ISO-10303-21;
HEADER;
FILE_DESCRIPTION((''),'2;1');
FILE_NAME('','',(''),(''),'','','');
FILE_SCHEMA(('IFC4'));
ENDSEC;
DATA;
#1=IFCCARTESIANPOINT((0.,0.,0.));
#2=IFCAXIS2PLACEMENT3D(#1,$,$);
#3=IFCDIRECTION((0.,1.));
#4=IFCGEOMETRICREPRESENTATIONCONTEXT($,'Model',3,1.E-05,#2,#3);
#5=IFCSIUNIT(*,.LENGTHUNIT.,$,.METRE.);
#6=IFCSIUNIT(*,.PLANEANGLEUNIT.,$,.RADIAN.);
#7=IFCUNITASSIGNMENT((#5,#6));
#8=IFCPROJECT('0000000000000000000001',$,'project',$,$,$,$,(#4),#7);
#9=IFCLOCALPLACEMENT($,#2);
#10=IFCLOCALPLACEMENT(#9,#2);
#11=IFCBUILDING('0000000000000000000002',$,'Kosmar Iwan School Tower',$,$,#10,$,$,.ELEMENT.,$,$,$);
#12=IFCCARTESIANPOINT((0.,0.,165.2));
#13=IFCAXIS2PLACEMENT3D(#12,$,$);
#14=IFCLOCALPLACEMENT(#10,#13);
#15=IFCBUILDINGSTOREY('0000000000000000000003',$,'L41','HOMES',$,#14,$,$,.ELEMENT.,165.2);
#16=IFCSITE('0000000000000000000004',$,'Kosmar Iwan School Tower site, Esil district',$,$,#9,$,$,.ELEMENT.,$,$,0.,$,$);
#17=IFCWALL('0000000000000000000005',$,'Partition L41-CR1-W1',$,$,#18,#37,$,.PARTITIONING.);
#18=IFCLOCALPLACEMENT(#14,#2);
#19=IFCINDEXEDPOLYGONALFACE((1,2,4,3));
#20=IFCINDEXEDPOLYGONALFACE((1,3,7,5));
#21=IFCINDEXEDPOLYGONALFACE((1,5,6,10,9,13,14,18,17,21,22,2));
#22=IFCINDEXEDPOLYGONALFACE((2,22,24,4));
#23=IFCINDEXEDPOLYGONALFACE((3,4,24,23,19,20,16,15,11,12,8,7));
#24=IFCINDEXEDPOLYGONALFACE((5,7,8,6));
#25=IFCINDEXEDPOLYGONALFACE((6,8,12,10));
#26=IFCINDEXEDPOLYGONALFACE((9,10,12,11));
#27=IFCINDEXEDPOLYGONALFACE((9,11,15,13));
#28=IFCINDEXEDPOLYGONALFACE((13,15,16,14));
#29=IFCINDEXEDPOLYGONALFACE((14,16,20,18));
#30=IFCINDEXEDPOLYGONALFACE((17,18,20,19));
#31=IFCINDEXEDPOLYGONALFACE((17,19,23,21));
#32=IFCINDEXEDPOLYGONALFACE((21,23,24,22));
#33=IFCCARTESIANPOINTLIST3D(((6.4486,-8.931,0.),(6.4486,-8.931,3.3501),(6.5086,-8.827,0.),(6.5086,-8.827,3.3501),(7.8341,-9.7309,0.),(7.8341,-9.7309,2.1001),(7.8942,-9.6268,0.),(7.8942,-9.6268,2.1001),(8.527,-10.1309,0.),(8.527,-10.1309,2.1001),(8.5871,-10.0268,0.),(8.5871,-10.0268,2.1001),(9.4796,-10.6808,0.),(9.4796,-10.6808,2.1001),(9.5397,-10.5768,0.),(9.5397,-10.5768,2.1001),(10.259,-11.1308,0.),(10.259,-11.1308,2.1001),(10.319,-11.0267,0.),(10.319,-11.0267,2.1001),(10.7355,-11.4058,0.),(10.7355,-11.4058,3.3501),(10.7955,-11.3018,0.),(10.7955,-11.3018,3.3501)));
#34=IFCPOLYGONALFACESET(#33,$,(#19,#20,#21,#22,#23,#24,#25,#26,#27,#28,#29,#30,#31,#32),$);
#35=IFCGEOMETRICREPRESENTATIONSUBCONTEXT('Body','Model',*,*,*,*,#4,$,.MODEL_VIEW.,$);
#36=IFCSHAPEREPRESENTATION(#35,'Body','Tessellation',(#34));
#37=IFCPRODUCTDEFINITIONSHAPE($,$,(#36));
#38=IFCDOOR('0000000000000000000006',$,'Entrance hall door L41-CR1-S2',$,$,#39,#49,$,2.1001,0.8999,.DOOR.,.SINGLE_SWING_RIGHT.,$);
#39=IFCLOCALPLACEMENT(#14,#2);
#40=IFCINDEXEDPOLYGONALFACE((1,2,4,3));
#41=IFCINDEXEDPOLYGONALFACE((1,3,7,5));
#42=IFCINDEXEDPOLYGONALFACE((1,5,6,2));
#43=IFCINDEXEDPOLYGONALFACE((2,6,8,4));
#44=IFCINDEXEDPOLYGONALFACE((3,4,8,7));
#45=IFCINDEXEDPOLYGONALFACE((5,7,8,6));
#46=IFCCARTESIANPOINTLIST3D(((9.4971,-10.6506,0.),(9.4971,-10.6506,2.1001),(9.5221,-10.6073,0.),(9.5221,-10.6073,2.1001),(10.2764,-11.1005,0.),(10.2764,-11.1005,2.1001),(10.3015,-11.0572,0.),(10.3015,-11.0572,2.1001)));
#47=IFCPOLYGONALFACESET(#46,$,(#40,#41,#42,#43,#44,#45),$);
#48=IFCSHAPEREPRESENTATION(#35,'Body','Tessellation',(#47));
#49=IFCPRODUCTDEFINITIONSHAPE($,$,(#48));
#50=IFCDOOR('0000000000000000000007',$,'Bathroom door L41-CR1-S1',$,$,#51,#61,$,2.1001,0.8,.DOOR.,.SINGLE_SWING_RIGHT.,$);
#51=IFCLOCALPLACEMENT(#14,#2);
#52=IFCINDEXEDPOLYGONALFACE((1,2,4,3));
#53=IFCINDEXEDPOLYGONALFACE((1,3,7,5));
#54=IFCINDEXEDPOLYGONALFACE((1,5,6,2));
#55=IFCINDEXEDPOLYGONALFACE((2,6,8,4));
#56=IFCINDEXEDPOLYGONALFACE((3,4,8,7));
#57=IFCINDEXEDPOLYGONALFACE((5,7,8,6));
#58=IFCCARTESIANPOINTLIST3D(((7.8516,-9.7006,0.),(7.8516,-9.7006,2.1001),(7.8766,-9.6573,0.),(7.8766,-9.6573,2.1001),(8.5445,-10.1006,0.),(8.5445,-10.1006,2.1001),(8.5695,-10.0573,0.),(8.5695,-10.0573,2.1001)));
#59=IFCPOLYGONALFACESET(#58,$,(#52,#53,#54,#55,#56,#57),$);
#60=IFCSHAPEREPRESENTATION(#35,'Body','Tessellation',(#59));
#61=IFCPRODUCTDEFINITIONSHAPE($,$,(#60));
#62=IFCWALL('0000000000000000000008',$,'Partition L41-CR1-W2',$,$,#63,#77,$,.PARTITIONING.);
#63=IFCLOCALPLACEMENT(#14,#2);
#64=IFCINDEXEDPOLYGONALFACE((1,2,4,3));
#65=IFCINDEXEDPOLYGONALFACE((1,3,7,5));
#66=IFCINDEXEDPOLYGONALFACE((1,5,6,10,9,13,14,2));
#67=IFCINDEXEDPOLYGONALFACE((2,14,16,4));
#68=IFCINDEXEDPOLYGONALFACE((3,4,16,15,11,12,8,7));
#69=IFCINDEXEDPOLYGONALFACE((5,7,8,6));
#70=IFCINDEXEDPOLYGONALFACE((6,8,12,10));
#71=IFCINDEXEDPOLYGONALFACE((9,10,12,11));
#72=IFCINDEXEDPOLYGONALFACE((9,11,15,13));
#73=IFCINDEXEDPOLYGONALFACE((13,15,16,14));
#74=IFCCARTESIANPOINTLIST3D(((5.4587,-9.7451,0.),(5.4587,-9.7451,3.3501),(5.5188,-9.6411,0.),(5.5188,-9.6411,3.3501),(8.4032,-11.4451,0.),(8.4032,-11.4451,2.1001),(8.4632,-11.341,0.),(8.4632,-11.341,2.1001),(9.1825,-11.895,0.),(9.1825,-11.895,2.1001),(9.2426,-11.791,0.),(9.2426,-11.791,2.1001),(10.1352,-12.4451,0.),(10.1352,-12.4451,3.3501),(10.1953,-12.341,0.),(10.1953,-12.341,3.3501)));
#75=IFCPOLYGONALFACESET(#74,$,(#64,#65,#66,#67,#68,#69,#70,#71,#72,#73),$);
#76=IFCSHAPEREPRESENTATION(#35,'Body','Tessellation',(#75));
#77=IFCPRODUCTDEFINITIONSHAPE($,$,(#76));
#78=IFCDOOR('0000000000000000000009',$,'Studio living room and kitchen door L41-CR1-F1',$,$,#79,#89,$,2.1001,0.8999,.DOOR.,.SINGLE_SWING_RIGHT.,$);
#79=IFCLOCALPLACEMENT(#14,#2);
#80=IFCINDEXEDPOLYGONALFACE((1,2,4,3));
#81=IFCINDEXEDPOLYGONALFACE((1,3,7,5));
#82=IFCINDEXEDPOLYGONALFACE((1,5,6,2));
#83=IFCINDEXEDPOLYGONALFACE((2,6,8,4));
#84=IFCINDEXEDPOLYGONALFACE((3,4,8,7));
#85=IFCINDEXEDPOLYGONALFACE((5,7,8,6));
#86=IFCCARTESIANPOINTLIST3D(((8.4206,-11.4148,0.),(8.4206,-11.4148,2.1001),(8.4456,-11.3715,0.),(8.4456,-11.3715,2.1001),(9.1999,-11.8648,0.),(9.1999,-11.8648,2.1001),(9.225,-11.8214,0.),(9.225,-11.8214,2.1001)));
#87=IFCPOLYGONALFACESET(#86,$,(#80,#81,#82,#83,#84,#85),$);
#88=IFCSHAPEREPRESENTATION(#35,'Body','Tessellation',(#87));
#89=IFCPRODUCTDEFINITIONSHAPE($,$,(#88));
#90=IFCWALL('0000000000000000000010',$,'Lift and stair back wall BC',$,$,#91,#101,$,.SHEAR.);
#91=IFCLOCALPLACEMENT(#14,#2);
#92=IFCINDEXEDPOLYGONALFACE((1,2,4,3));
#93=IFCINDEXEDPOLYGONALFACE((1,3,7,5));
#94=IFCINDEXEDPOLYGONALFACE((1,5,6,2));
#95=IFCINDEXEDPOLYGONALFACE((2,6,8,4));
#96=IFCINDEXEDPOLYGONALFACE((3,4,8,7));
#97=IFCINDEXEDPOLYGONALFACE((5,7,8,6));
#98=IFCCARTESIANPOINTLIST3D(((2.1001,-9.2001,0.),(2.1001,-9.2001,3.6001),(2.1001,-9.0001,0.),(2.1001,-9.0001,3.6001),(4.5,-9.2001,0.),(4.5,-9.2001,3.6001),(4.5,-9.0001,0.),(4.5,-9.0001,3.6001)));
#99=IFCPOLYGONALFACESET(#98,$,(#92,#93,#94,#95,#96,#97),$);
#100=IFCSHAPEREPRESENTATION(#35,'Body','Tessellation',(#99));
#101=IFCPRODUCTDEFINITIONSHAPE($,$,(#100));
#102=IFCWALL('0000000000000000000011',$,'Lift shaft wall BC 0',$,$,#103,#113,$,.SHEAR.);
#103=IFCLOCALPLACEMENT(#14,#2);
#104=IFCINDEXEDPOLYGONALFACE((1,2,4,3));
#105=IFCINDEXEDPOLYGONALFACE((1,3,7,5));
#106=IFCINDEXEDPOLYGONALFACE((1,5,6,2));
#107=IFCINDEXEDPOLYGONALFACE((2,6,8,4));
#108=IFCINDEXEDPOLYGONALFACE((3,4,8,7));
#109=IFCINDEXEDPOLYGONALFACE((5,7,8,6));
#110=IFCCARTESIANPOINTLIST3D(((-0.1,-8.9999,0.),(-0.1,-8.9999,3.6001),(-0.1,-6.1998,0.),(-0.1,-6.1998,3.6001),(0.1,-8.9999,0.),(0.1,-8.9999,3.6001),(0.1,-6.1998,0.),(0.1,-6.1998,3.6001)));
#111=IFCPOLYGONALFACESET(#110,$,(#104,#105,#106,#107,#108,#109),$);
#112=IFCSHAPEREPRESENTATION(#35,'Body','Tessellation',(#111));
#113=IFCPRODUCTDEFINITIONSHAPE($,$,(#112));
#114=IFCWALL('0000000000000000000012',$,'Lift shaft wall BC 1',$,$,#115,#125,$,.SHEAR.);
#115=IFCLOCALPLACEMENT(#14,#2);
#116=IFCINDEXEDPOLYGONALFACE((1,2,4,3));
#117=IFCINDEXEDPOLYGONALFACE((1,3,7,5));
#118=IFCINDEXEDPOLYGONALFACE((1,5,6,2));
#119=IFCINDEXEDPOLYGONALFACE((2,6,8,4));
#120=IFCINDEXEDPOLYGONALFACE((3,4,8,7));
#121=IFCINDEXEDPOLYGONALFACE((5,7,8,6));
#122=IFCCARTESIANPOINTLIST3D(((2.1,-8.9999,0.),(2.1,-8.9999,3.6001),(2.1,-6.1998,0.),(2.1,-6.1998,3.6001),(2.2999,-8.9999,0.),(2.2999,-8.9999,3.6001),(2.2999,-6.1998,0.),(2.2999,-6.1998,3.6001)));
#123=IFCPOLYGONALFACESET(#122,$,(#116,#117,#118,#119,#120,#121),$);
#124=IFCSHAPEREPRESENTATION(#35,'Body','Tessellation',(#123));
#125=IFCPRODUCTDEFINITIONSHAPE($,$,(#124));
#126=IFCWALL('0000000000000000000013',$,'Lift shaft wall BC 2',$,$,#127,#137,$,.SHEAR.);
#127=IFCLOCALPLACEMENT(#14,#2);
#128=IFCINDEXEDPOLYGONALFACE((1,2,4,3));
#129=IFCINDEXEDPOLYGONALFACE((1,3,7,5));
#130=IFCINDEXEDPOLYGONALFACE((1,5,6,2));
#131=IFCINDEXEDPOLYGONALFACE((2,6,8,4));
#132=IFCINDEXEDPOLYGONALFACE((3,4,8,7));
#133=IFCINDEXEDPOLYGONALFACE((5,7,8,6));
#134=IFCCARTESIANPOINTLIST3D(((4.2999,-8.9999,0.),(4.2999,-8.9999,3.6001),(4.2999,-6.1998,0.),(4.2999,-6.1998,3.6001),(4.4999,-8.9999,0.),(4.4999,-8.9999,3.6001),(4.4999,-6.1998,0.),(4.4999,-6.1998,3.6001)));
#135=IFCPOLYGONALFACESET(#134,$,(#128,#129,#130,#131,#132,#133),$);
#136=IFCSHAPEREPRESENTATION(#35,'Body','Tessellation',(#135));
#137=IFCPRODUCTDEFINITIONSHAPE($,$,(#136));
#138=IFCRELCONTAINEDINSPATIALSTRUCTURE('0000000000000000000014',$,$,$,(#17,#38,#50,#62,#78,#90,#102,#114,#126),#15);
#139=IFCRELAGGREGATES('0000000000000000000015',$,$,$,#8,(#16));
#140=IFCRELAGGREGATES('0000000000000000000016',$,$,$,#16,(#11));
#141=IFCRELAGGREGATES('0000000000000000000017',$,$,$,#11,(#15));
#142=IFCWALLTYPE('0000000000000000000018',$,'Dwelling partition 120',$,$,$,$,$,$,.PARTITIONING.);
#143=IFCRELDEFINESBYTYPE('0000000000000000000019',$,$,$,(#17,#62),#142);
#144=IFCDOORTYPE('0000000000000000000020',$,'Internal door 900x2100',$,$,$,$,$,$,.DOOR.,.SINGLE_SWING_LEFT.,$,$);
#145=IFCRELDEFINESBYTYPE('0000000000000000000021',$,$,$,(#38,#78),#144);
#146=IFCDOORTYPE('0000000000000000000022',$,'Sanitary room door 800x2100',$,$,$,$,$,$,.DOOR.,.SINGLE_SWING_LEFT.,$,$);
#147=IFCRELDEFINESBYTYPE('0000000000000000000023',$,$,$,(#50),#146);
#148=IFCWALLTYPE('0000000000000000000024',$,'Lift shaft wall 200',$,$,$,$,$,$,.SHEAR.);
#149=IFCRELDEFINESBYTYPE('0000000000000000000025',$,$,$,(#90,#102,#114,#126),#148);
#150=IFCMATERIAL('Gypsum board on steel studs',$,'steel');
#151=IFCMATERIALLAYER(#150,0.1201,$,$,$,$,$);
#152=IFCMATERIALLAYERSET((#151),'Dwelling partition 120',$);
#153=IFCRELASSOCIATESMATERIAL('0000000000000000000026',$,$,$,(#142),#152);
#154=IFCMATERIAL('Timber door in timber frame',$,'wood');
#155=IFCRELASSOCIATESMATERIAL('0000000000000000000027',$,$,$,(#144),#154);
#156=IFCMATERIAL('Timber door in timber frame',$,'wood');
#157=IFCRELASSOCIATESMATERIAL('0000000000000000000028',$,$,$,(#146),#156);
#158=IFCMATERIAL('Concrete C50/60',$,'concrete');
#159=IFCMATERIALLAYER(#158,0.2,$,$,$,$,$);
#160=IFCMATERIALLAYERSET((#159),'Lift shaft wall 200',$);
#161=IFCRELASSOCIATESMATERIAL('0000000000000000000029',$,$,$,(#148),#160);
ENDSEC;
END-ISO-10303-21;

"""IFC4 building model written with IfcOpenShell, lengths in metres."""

from ifc_helpers import new_model, si_unit, direction, frame, frame_2d, origin, place, context, subcontext, project, spatial, rectangle, extrude, material, layer, layer_set, type_object, element, fill, save


model = new_model("IFC4")

# Units and contexts
model_context = context("Model", 3, precision=1e-05, world=origin(), true_north=direction((0.0, 1.0)))
body_context = subcontext(model_context, "Body", "Model", "MODEL_VIEW")
ifc_project = project(units=[si_unit("LENGTHUNIT", "METRE"), si_unit("PLANEANGLEUNIT", "RADIAN")], contexts=[model_context])

# Site, building, storey
site_placement = place(None, origin())
site = spatial("IfcSite", under=ifc_project, at=site_placement, Name="Kosmar Iwan School Tower site, Esil district", CompositionType="ELEMENT", RefElevation=0.0)
building_placement = place(site_placement, origin())
building = spatial("IfcBuilding", under=site, at=building_placement, Name="Kosmar Iwan School Tower", CompositionType="ELEMENT")
storey_placement = place(building_placement, frame((0.0, 0.0, 165.2)))
storey = spatial("IfcBuildingStorey", under=building, at=storey_placement, Name="L41", Description="HOMES", CompositionType="ELEMENT", Elevation=165.2)

# Wall, openings, doors
ifc_material_1 = material(Name="Gypsum board on steel studs", Category="steel")
ifc_layer_1 = layer(ifc_material_1, 0.1201)
ifc_layer_set_1 = layer_set([ifc_layer_1], Name="Dwelling partition 120")
wall_type_1 = type_object("IfcWallType", Name="Dwelling partition 120", PredefinedType="PARTITIONING", material=ifc_layer_set_1)
wall_1_placement = place(storey_placement, frame((6.4785, -8.8789, 0.0), z_axis=(0.0, 0.0, 1.0), x_axis=(0.86604, -0.499974, 0.0)))
wall_1 = element("IfcWall", 1, at=wall_1_placement, inside=storey, type_object=wall_type_1, Name="Partition L41-CR1-W1", PredefinedType="PARTITIONING", context=body_context, shape_type="SweptSolid", body=[
    extrude(rectangle(XDim=4.95, YDim=0.1201, at=frame_2d((2.4751, 0.0))), origin(), (0.0, 0.0, 1.0), 3.3501),
])
opening_1_placement = place(wall_1_placement, frame((1.6001, 0.0, 0.0)))
opening_1 = element("IfcOpeningElement", 2, at=opening_1_placement, cuts=wall_1, PredefinedType="OPENING", context=body_context, shape_type="SweptSolid", body=[
    extrude(rectangle(XDim=0.8, YDim=2.1001, at=frame_2d((0.3999, 1.05))), frame((0.0, 0.072, 0.0), z_axis=(0.0, -1.0, 0.0), x_axis=(1.0, 0.0, 0.0)), (0.0, 0.0, 1.0), 0.144),
])
opening_2_placement = place(wall_1_placement, frame((3.5, 0.0, 0.0)))
opening_2 = element("IfcOpeningElement", 3, at=opening_2_placement, cuts=wall_1, PredefinedType="OPENING", context=body_context, shape_type="SweptSolid", body=[
    extrude(rectangle(XDim=0.8999, YDim=2.1001, at=frame_2d((0.45, 1.05))), frame((0.0, 0.072, 0.0), z_axis=(0.0, -1.0, 0.0), x_axis=(1.0, 0.0, 0.0)), (0.0, 0.0, 1.0), 0.144),
])
ifc_material_2 = material(Name="Timber door in timber frame", Category="wood")
door_type_1 = type_object("IfcDoorType", Name="Internal door 900x2100", OperationType="SINGLE_SWING_LEFT", PredefinedType="DOOR", material=ifc_material_2)
door_1_placement = place(opening_2_placement, origin())
door_1 = element("IfcDoor", 4, at=door_1_placement, inside=storey, type_object=door_type_1, Name="Entrance hall door L41-CR1-S2", OperationType="SINGLE_SWING_RIGHT", OverallHeight=2.1001, OverallWidth=0.8999, PredefinedType="DOOR", context=body_context, shape_type="SweptSolid", body=[
    extrude(rectangle(XDim=0.8999, YDim=2.1001, at=frame_2d((0.45, 1.05))), frame((0.0, 0.0249, 0.0), z_axis=(0.0, -1.0, 0.0), x_axis=(1.0, 0.0, 0.0)), (0.0, 0.0, 1.0), 0.05),
])
fill(opening_2, door_1)
ifc_material_3 = material(Name="Timber door in timber frame", Category="wood")
door_type_2 = type_object("IfcDoorType", Name="Sanitary room door 800x2100", OperationType="SINGLE_SWING_LEFT", PredefinedType="DOOR", material=ifc_material_3)
door_2_placement = place(opening_1_placement, origin())
door_2 = element("IfcDoor", 5, at=door_2_placement, inside=storey, type_object=door_type_2, Name="Bathroom door L41-CR1-S1", OperationType="SINGLE_SWING_RIGHT", OverallHeight=2.1001, OverallWidth=0.8, PredefinedType="DOOR", context=body_context, shape_type="SweptSolid", body=[
    extrude(rectangle(XDim=0.8, YDim=2.1001, at=frame_2d((0.3999, 1.05))), frame((0.0, 0.0249, 0.0), z_axis=(0.0, -1.0, 0.0), x_axis=(1.0, 0.0, 0.0)), (0.0, 0.0, 1.0), 0.05),
])
fill(opening_1, door_2)

# Wall, opening, door
wall_2_placement = place(storey_placement, frame((5.4888, -9.6931, 0.0), z_axis=(0.0, 0.0, 1.0), x_axis=(0.866028, -0.499995, 0.0)))
wall_2 = element("IfcWall", 6, at=wall_2_placement, inside=storey, type_object=wall_type_1, Name="Partition L41-CR1-W2", PredefinedType="PARTITIONING", context=body_context, shape_type="SweptSolid", body=[
    extrude(rectangle(XDim=5.3999, YDim=0.1201, at=frame_2d((2.7, 0.0))), origin(), (0.0, 0.0, 1.0), 3.3501),
])
opening_3_placement = place(wall_2_placement, frame((3.3999, 0.0, 0.0)))
opening_3 = element("IfcOpeningElement", 7, at=opening_3_placement, cuts=wall_2, PredefinedType="OPENING", context=body_context, shape_type="SweptSolid", body=[
    extrude(rectangle(XDim=0.8999, YDim=2.1001, at=frame_2d((0.45, 1.05))), frame((0.0, 0.072, 0.0), z_axis=(0.0, -1.0, 0.0), x_axis=(1.0, 0.0, 0.0)), (0.0, 0.0, 1.0), 0.144),
])
door_3_placement = place(opening_3_placement, origin())
door_3 = element("IfcDoor", 8, at=door_3_placement, inside=storey, type_object=door_type_1, Name="Studio living room and kitchen door L41-CR1-F1", OperationType="SINGLE_SWING_RIGHT", OverallHeight=2.1001, OverallWidth=0.8999, PredefinedType="DOOR", context=body_context, shape_type="SweptSolid", body=[
    extrude(rectangle(XDim=0.8999, YDim=2.1001, at=frame_2d((0.45, 1.05))), frame((0.0, 0.0249, 0.0), z_axis=(0.0, -1.0, 0.0), x_axis=(1.0, 0.0, 0.0)), (0.0, 0.0, 1.0), 0.05),
])
fill(opening_3, door_3)

# Walls
ifc_material_4 = material(Name="Concrete C50/60", Category="concrete")
ifc_layer_2 = layer(ifc_material_4, 0.2)
ifc_layer_set_2 = layer_set([ifc_layer_2], Name="Lift shaft wall 200")
wall_type_2 = type_object("IfcWallType", Name="Lift shaft wall 200", PredefinedType="SHEAR", material=ifc_layer_set_2)
wall_3_placement = place(storey_placement, frame((2.1001, -9.1001, 0.0), z_axis=(0.0, 0.0, 1.0), x_axis=(1.0, 0.0, 0.0)))
element("IfcWall", 9, at=wall_3_placement, inside=storey, type_object=wall_type_2, Name="Lift and stair back wall BC", PredefinedType="SHEAR", context=body_context, shape_type="SweptSolid", body=[
    extrude(rectangle(XDim=2.3999, YDim=0.2, at=frame_2d((1.2, 0.0))), origin(), (0.0, 0.0, 1.0), 3.6001),
])
for number, where, z_axis, x_axis, name in (
    (10, (0.0, -6.2, 0.0), (0.0, 0.0, 1.0), (0.0, -1.0, 0.0), "Lift shaft wall BC 0"),
    (11, (2.2, -6.2, 0.0), (0.0, 0.0, 1.0), (0.0, -1.0, 0.0), "Lift shaft wall BC 1"),
    (12, (4.3999, -6.2, 0.0), (0.0, 0.0, 1.0), (0.0, -1.0, 0.0), "Lift shaft wall BC 2"),
):
    element("IfcWall", number, at=place(storey_placement, frame(where, z_axis=z_axis, x_axis=x_axis)), inside=storey, type_object=wall_type_2, Name=name, PredefinedType="SHEAR", context=body_context, shape_type="SweptSolid", body=[
        extrude(rectangle(XDim=2.8, YDim=0.2, at=frame_2d((1.3999, 0.0))), origin(), (0.0, 0.0, 1.0), 3.6001),
    ])

save(model, "model.ifc")
